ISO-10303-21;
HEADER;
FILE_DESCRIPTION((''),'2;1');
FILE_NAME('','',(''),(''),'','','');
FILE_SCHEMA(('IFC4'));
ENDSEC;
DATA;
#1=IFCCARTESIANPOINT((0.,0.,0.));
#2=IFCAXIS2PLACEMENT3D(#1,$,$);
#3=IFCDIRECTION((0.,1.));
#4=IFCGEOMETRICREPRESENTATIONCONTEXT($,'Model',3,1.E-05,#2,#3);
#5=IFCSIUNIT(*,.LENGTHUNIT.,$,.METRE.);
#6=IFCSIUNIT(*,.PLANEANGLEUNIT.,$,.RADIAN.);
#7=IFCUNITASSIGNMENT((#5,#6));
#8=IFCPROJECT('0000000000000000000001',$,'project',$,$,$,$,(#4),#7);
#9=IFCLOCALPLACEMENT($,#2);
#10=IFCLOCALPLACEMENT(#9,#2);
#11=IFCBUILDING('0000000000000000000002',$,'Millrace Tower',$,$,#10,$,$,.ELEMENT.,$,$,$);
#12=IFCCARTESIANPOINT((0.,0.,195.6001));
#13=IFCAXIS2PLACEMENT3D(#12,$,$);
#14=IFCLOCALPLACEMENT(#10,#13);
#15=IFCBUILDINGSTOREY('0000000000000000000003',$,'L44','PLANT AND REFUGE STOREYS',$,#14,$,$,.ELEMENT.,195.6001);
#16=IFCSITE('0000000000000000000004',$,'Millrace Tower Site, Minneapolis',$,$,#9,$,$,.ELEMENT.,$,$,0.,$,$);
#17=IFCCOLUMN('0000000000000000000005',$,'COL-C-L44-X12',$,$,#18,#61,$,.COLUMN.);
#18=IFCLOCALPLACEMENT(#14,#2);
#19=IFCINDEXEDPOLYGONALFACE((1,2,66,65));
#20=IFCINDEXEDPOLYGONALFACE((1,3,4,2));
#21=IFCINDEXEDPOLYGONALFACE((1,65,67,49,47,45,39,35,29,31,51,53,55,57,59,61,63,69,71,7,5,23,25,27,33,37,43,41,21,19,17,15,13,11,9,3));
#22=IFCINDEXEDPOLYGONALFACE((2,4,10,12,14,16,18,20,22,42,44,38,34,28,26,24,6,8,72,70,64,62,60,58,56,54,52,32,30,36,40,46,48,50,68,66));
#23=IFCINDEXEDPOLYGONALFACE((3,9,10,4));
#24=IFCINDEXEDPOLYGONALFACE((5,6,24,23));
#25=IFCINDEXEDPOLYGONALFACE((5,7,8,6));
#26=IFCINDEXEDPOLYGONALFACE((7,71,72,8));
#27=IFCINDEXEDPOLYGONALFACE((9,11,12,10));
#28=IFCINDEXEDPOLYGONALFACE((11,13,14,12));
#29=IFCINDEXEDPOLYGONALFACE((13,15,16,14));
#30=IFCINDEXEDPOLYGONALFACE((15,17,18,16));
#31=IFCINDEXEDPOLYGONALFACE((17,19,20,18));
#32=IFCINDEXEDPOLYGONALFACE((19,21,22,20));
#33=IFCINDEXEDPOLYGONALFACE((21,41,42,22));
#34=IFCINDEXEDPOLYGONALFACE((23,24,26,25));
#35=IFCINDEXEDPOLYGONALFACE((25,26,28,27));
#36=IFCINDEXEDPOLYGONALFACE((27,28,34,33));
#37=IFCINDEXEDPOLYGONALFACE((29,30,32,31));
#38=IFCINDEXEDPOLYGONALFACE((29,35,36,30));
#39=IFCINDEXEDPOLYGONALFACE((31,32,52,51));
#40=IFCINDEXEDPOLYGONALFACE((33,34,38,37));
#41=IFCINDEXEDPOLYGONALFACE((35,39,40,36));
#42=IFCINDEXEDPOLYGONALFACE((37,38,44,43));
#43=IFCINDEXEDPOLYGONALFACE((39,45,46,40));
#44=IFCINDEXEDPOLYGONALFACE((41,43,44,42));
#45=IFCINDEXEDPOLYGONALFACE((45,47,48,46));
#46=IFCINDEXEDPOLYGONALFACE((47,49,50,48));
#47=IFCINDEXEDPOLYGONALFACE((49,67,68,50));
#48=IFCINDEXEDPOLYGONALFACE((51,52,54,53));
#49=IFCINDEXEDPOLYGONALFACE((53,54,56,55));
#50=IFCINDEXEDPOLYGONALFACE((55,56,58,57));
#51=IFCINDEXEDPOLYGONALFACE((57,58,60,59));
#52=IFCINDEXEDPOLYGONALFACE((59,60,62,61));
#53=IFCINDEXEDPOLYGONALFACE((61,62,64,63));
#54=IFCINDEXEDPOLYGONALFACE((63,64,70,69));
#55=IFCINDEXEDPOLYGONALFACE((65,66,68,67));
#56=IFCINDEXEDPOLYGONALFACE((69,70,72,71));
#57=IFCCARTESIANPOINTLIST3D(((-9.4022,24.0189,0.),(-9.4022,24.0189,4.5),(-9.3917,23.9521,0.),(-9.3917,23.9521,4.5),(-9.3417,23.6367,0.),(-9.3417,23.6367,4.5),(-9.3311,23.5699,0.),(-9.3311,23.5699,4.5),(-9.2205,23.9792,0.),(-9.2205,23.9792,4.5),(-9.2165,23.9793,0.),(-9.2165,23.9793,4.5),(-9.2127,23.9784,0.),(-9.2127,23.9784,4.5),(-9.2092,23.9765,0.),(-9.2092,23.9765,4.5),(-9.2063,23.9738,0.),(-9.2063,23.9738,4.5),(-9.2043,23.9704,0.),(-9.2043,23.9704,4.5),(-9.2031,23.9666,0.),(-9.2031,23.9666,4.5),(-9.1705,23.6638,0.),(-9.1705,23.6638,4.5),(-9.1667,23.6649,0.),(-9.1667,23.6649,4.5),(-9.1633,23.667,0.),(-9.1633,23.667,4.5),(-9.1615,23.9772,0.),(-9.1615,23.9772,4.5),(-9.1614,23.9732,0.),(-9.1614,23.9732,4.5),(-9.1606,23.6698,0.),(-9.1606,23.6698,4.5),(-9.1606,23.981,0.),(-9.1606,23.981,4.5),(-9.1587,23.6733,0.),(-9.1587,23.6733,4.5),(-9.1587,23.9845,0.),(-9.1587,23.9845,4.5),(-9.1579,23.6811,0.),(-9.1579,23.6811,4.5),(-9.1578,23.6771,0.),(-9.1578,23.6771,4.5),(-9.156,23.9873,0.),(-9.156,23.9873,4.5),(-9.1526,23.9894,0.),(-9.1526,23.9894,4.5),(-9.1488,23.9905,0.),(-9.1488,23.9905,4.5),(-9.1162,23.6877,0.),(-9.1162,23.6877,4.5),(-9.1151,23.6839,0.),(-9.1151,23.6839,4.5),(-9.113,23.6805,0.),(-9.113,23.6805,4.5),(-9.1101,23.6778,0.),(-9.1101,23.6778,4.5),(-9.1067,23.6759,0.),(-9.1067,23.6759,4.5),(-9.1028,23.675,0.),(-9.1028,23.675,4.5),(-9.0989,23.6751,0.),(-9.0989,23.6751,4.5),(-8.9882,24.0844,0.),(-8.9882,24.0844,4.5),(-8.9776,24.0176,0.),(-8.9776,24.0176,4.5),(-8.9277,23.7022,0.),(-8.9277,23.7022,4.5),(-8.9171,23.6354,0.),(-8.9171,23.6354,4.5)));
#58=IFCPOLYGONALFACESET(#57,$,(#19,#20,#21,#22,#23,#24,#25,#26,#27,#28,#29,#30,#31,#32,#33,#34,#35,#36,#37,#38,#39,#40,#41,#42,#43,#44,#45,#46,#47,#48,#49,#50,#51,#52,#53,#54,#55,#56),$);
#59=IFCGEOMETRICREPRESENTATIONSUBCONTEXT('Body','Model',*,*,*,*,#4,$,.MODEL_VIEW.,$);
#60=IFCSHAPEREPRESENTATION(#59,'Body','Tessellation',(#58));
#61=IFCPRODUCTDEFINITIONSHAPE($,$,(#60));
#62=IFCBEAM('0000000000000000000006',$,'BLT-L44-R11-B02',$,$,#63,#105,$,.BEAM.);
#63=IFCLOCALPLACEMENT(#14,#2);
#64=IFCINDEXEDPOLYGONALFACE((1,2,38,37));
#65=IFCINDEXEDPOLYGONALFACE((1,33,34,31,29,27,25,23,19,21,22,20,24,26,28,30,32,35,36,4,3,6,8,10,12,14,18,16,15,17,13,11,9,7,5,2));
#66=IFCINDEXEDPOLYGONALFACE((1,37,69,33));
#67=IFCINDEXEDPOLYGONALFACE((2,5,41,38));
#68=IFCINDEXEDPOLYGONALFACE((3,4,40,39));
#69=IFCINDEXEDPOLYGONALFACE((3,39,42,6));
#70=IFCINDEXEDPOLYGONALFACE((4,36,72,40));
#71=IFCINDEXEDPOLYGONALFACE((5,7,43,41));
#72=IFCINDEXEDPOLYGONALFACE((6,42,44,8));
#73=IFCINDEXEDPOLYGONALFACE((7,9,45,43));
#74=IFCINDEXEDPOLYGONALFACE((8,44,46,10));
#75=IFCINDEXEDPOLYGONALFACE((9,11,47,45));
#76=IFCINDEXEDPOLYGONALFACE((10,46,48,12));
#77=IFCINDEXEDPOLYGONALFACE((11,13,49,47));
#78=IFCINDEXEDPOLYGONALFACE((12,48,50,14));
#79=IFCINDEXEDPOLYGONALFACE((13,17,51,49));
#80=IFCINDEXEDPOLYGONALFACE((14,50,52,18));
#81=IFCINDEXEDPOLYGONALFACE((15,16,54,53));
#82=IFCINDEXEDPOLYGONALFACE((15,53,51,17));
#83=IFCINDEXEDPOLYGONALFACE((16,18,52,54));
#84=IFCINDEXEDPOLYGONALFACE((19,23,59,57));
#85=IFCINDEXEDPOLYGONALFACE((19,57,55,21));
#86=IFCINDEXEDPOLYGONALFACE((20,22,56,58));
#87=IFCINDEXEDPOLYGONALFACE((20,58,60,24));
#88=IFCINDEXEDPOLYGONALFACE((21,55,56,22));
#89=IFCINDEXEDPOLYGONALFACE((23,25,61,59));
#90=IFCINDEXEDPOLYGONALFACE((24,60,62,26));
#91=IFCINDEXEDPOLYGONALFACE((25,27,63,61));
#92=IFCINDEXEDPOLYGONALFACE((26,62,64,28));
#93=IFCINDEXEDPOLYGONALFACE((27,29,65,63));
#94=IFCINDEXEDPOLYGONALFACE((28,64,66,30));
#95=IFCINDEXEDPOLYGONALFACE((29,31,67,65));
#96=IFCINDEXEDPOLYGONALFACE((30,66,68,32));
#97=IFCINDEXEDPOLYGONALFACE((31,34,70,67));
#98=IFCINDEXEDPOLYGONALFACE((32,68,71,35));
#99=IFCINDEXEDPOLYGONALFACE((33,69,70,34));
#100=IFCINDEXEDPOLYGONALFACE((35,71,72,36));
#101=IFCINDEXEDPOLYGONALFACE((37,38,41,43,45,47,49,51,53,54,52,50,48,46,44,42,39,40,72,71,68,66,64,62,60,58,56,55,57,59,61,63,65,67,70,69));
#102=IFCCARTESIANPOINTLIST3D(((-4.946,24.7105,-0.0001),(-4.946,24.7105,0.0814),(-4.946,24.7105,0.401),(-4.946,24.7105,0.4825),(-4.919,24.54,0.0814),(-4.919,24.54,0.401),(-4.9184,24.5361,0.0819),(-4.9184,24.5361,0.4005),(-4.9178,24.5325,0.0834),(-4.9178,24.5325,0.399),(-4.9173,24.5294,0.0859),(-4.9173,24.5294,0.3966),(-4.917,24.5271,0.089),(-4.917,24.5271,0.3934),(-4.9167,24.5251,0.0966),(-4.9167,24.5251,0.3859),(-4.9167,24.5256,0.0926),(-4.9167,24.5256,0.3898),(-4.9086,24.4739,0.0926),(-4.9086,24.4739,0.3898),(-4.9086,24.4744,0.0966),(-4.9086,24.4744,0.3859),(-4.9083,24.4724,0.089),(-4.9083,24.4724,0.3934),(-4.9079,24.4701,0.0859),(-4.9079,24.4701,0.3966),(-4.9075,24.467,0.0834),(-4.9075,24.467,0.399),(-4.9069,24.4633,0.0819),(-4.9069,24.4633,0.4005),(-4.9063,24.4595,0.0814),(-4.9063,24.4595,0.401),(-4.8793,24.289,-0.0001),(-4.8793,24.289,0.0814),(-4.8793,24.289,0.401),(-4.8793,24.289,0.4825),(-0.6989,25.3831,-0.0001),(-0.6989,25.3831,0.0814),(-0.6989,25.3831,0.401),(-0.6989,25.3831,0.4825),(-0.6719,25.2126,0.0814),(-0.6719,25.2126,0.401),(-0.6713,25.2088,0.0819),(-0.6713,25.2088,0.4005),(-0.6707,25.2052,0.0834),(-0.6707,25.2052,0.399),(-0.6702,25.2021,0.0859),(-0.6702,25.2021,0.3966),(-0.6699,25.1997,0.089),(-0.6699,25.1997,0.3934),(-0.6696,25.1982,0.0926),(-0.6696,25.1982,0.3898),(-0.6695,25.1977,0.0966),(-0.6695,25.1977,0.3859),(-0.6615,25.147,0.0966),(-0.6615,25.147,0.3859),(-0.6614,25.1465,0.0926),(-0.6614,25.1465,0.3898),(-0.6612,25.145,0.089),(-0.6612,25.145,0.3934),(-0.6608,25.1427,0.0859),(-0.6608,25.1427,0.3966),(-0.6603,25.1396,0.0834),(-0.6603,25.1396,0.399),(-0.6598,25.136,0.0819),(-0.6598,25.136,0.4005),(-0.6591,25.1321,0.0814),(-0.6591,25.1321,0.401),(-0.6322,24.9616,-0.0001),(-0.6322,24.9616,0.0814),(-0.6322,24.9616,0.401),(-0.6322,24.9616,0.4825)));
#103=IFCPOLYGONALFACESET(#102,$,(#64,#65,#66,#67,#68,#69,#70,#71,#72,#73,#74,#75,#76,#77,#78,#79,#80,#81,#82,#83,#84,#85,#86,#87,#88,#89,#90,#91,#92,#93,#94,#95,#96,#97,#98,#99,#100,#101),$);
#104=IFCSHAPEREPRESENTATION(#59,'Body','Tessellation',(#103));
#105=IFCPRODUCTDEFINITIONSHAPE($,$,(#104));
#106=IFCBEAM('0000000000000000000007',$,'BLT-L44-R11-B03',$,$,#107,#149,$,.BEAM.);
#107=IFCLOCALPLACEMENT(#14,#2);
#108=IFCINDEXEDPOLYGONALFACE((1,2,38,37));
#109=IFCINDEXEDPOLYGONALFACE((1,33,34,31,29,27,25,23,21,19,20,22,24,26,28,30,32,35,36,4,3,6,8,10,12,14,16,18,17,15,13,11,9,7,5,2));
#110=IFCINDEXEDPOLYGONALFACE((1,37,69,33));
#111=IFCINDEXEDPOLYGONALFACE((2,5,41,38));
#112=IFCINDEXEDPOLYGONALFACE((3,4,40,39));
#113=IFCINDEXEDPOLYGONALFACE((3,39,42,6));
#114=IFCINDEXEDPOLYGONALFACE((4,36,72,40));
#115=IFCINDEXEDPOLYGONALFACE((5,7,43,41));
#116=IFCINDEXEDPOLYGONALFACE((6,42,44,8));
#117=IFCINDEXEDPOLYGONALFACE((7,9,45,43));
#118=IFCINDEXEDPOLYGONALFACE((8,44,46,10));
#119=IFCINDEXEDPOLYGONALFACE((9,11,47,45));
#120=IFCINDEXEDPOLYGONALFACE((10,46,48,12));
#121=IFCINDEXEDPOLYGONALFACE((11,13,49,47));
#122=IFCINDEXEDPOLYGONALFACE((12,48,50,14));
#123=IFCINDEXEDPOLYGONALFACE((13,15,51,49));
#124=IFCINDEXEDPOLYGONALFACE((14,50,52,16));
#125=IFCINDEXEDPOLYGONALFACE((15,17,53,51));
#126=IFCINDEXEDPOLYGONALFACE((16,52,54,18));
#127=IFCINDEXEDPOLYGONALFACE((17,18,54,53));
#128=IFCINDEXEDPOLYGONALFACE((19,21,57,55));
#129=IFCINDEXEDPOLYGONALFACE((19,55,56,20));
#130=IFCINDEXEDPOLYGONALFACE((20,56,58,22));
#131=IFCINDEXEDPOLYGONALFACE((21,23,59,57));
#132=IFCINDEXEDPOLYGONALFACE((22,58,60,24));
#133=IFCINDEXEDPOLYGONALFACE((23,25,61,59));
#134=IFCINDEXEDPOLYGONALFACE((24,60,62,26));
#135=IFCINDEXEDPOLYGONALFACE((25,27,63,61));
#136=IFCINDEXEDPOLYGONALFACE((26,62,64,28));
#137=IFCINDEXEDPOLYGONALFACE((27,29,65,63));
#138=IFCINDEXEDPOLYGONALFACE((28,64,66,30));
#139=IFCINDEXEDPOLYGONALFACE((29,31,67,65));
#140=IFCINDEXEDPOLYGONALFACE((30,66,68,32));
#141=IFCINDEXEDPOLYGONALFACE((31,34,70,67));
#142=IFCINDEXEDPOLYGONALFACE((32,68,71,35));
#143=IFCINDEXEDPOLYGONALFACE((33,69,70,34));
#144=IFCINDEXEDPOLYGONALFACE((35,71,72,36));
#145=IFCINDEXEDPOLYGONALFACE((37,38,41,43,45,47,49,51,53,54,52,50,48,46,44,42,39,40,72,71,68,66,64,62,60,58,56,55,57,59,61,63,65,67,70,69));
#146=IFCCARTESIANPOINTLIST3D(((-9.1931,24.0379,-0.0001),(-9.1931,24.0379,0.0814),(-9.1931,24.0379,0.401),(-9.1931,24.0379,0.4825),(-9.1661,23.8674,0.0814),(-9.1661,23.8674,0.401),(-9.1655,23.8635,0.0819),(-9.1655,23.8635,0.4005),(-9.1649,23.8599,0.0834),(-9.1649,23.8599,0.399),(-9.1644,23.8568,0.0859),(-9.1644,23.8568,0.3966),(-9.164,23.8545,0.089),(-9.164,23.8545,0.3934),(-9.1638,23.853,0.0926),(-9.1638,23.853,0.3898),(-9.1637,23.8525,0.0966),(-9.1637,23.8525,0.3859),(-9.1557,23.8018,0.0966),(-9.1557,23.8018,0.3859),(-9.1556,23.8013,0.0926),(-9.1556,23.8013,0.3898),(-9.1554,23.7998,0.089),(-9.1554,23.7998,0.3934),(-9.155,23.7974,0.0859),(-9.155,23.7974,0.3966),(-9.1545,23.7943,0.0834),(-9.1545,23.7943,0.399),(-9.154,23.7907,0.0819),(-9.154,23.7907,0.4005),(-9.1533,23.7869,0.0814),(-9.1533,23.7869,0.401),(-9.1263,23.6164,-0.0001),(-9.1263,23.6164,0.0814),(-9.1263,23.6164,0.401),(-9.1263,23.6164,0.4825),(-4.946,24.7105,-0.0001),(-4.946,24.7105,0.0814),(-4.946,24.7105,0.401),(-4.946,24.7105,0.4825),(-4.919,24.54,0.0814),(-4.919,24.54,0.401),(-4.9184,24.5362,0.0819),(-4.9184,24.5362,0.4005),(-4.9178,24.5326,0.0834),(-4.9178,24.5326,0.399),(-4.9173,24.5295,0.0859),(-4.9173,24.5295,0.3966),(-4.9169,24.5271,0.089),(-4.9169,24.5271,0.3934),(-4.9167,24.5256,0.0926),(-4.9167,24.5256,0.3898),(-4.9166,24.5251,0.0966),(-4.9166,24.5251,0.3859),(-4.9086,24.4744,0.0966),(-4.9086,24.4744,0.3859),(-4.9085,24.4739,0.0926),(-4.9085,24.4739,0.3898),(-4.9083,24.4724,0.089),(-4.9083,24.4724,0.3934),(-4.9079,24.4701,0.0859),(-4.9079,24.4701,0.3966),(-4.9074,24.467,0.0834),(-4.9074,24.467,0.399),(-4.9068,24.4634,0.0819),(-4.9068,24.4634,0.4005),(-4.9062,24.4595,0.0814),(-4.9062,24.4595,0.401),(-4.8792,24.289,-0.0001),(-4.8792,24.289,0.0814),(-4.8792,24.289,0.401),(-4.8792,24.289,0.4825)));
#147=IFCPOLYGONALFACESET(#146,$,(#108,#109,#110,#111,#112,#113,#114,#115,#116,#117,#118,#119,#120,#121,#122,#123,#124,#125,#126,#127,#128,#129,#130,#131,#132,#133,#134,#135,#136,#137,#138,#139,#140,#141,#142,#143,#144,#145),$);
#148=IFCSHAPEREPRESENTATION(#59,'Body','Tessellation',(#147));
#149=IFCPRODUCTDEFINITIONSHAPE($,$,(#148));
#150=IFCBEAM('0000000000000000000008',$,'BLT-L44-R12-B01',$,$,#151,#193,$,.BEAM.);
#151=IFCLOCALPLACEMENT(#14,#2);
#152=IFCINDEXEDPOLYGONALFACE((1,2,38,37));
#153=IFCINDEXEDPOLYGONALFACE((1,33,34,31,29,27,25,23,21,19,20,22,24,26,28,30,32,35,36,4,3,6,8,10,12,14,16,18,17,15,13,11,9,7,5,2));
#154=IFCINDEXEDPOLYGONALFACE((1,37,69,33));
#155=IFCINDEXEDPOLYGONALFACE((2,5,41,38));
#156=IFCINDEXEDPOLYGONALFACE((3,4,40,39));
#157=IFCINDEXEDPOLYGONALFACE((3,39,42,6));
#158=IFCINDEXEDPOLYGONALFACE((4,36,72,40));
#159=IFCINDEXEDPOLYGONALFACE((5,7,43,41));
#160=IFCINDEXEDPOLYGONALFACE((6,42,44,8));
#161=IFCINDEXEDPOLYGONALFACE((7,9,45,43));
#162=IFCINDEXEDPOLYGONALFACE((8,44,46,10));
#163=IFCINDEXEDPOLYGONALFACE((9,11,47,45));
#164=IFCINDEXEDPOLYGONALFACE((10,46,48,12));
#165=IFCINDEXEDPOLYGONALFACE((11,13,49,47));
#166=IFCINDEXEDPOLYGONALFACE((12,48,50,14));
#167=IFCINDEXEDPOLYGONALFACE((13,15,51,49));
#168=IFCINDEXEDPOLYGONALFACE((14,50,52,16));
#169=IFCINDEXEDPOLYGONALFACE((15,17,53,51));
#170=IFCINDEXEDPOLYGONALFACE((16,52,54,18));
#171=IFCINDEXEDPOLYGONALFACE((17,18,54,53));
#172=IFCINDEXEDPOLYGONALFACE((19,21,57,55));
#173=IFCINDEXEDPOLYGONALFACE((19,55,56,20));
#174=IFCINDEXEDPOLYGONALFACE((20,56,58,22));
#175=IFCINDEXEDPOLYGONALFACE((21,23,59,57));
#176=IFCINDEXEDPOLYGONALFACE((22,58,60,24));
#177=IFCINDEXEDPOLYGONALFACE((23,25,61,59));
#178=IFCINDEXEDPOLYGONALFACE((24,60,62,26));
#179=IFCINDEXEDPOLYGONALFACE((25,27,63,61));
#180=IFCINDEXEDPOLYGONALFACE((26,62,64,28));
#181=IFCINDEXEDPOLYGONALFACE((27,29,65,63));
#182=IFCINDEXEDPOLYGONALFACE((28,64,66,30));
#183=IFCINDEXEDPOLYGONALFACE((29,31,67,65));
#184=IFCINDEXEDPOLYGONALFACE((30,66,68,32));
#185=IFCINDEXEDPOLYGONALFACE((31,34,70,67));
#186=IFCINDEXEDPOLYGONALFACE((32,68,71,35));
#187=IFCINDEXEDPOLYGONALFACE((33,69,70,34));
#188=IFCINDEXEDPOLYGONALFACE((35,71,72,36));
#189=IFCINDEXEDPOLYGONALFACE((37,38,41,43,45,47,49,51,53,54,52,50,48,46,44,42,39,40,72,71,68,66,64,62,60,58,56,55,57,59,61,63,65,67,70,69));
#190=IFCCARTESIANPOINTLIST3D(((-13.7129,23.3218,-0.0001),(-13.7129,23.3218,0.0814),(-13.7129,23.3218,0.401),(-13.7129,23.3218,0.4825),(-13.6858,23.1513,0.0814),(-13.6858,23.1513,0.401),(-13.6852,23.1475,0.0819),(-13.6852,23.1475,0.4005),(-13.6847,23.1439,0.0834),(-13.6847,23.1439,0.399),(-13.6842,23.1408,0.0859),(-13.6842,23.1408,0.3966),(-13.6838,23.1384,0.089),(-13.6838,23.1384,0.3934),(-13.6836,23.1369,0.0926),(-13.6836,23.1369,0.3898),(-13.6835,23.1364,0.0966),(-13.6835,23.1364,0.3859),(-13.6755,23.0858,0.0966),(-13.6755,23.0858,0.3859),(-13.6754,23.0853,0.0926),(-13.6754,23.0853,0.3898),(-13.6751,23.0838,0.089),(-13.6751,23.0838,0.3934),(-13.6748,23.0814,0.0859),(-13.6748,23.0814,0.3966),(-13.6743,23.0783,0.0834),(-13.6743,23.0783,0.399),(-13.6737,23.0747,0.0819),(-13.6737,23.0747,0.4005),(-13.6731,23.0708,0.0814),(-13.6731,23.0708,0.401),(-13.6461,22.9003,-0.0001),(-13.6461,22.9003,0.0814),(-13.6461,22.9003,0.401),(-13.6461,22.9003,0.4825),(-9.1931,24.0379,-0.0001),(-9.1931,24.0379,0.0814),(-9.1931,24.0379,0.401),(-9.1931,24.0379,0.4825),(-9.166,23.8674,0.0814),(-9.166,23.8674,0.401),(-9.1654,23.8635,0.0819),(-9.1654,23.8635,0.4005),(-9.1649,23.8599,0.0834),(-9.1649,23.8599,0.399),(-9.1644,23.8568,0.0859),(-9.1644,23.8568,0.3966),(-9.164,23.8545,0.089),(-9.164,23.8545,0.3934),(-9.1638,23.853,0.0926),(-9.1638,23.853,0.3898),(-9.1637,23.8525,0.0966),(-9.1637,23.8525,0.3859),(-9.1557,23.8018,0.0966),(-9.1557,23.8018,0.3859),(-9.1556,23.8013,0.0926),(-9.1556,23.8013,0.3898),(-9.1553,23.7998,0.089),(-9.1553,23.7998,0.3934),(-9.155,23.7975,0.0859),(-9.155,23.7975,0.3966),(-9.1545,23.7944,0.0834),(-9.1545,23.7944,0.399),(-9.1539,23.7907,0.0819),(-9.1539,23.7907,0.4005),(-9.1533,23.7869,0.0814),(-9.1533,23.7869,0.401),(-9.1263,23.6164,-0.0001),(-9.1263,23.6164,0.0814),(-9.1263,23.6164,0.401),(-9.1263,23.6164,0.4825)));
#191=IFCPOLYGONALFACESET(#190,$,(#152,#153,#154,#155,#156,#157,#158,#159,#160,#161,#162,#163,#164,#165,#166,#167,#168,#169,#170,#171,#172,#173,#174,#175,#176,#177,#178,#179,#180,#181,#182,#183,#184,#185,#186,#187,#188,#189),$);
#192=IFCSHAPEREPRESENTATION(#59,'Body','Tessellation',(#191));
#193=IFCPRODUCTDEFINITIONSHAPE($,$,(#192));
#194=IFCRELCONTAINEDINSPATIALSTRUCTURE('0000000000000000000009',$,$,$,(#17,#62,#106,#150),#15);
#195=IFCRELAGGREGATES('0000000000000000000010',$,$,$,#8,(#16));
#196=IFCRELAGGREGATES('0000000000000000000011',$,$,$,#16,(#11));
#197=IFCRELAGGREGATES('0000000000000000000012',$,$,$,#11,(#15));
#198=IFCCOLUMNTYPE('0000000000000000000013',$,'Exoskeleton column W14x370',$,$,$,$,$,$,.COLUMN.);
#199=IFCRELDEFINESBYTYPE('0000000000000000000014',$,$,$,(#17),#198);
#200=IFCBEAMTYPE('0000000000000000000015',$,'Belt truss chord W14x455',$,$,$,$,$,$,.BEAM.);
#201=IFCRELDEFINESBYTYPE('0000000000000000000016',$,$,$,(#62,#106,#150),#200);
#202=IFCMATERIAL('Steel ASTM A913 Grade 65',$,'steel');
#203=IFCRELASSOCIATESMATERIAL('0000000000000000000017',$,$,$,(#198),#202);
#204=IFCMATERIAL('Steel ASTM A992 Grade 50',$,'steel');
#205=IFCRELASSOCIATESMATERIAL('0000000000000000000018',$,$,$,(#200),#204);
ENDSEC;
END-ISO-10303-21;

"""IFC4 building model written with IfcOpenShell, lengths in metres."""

from ifc_helpers import new_model, si_unit, direction, frame, origin, origin_2d, place, context, subcontext, project, spatial, i_section, extrude, material, material_profile, profile_set, type_object, element, save


model = new_model("IFC4")

# Units and contexts
model_context = context("Model", 3, precision=1e-05, world=origin(), true_north=direction((0.0, 1.0)))
body_context = subcontext(model_context, "Body", "Model", "MODEL_VIEW")
ifc_project = project(units=[si_unit("LENGTHUNIT", "METRE"), si_unit("PLANEANGLEUNIT", "RADIAN")], contexts=[model_context])

# Site, building, storey
site_placement = place(None, origin())
site = spatial("IfcSite", under=ifc_project, at=site_placement, Name="Millrace Tower Site, Minneapolis", CompositionType="ELEMENT", RefElevation=0.0)
building_placement = place(site_placement, origin())
building = spatial("IfcBuilding", under=site, at=building_placement, Name="Millrace Tower", CompositionType="ELEMENT")
storey_placement = place(building_placement, frame((0.0, 0.0, 195.6001)))
storey = spatial("IfcBuildingStorey", under=building, at=storey_placement, Name="L44", Description="PLANT AND REFUGE STOREYS", CompositionType="ELEMENT", Elevation=195.6001)

# Column
ifc_material_1 = material(Name="Steel ASTM A913 Grade 65", Category="steel")
ifc_material_profile_1 = material_profile(ifc_material_1, i_section(OverallWidth=0.4192, OverallDepth=0.4546, WebThickness=0.0422, FlangeThickness=0.0676, FilletRadius=0.0151, at=origin_2d()))
ifc_profile_set_1 = profile_set([ifc_material_profile_1], Name="Steel ASTM A913 Grade 65")
column_type = type_object("IfcColumnType", Name="Exoskeleton column W14x370", PredefinedType="COLUMN", material=ifc_profile_set_1)
column_placement = place(storey_placement, frame((-9.1597, 23.8271, 0.0), z_axis=(0.0, 0.0, 1.0), x_axis=(-0.987688, -0.156434, 0.0)))
element("IfcColumn", 1, at=column_placement, inside=storey, type_object=column_type, Name="COL-C-L44-X12", PredefinedType="COLUMN", context=body_context, shape_type="SweptSolid", body=[
    extrude(i_section(OverallWidth=0.4192, OverallDepth=0.4546, WebThickness=0.0422, FlangeThickness=0.0676, FilletRadius=0.0151, at=origin_2d()), origin(), (0.0, 0.0, 1.0), 4.5),
])

# Beams
ifc_material_2 = material(Name="Steel ASTM A992 Grade 50", Category="steel")
ifc_material_profile_2 = material_profile(ifc_material_2, i_section(OverallWidth=0.4268, OverallDepth=0.4827, WebThickness=0.0513, FlangeThickness=0.0815, FilletRadius=0.0151, at=origin_2d()))
ifc_profile_set_2 = profile_set([ifc_material_profile_2], Name="Steel ASTM A992 Grade 50")
beam_type = type_object("IfcBeamType", Name="Belt truss chord W14x455", PredefinedType="BEAM", material=ifc_profile_set_2)
for number, where, z_axis, x_axis, name in (
    (2, (-0.6655, 25.1724, 0.2412), (-0.987691, -0.15642, 0.0), (0.15642, -0.987691, 0.0), "BLT-L44-R11-B02"),
    (3, (-4.9126, 24.4998, 0.2412), (-0.987691, -0.15642, 0.0), (0.15642, -0.987691, 0.0), "BLT-L44-R11-B03"),
):
    element("IfcBeam", number, at=place(storey_placement, frame(where, z_axis=z_axis, x_axis=x_axis)), inside=storey, type_object=beam_type, Name=name, PredefinedType="BEAM", context=body_context, shape_type="SweptSolid", body=[
        extrude(i_section(OverallWidth=0.4268, OverallDepth=0.4827, WebThickness=0.0513, FlangeThickness=0.0815, FilletRadius=0.0151, at=origin_2d()), origin(), (0.0, 0.0, 1.0), 4.3),
    ])
for number, where, z_axis, x_axis, name in (
    (4, (-9.1597, 23.8271, 0.2412), (-0.987682, -0.156478, 0.0), (0.156478, -0.987682, 0.0), "BLT-L44-R12-B01"),
):
    element("IfcBeam", number, at=place(storey_placement, frame(where, z_axis=z_axis, x_axis=x_axis)), inside=storey, type_object=beam_type, Name=name, PredefinedType="BEAM", context=body_context, shape_type="SweptSolid", body=[
        extrude(i_section(OverallWidth=0.4268, OverallDepth=0.4827, WebThickness=0.0513, FlangeThickness=0.0815, FilletRadius=0.0151, at=origin_2d()), origin(), (0.0, 0.0, 1.0), 4.5762),
    ])

save(model, "model.ifc")
